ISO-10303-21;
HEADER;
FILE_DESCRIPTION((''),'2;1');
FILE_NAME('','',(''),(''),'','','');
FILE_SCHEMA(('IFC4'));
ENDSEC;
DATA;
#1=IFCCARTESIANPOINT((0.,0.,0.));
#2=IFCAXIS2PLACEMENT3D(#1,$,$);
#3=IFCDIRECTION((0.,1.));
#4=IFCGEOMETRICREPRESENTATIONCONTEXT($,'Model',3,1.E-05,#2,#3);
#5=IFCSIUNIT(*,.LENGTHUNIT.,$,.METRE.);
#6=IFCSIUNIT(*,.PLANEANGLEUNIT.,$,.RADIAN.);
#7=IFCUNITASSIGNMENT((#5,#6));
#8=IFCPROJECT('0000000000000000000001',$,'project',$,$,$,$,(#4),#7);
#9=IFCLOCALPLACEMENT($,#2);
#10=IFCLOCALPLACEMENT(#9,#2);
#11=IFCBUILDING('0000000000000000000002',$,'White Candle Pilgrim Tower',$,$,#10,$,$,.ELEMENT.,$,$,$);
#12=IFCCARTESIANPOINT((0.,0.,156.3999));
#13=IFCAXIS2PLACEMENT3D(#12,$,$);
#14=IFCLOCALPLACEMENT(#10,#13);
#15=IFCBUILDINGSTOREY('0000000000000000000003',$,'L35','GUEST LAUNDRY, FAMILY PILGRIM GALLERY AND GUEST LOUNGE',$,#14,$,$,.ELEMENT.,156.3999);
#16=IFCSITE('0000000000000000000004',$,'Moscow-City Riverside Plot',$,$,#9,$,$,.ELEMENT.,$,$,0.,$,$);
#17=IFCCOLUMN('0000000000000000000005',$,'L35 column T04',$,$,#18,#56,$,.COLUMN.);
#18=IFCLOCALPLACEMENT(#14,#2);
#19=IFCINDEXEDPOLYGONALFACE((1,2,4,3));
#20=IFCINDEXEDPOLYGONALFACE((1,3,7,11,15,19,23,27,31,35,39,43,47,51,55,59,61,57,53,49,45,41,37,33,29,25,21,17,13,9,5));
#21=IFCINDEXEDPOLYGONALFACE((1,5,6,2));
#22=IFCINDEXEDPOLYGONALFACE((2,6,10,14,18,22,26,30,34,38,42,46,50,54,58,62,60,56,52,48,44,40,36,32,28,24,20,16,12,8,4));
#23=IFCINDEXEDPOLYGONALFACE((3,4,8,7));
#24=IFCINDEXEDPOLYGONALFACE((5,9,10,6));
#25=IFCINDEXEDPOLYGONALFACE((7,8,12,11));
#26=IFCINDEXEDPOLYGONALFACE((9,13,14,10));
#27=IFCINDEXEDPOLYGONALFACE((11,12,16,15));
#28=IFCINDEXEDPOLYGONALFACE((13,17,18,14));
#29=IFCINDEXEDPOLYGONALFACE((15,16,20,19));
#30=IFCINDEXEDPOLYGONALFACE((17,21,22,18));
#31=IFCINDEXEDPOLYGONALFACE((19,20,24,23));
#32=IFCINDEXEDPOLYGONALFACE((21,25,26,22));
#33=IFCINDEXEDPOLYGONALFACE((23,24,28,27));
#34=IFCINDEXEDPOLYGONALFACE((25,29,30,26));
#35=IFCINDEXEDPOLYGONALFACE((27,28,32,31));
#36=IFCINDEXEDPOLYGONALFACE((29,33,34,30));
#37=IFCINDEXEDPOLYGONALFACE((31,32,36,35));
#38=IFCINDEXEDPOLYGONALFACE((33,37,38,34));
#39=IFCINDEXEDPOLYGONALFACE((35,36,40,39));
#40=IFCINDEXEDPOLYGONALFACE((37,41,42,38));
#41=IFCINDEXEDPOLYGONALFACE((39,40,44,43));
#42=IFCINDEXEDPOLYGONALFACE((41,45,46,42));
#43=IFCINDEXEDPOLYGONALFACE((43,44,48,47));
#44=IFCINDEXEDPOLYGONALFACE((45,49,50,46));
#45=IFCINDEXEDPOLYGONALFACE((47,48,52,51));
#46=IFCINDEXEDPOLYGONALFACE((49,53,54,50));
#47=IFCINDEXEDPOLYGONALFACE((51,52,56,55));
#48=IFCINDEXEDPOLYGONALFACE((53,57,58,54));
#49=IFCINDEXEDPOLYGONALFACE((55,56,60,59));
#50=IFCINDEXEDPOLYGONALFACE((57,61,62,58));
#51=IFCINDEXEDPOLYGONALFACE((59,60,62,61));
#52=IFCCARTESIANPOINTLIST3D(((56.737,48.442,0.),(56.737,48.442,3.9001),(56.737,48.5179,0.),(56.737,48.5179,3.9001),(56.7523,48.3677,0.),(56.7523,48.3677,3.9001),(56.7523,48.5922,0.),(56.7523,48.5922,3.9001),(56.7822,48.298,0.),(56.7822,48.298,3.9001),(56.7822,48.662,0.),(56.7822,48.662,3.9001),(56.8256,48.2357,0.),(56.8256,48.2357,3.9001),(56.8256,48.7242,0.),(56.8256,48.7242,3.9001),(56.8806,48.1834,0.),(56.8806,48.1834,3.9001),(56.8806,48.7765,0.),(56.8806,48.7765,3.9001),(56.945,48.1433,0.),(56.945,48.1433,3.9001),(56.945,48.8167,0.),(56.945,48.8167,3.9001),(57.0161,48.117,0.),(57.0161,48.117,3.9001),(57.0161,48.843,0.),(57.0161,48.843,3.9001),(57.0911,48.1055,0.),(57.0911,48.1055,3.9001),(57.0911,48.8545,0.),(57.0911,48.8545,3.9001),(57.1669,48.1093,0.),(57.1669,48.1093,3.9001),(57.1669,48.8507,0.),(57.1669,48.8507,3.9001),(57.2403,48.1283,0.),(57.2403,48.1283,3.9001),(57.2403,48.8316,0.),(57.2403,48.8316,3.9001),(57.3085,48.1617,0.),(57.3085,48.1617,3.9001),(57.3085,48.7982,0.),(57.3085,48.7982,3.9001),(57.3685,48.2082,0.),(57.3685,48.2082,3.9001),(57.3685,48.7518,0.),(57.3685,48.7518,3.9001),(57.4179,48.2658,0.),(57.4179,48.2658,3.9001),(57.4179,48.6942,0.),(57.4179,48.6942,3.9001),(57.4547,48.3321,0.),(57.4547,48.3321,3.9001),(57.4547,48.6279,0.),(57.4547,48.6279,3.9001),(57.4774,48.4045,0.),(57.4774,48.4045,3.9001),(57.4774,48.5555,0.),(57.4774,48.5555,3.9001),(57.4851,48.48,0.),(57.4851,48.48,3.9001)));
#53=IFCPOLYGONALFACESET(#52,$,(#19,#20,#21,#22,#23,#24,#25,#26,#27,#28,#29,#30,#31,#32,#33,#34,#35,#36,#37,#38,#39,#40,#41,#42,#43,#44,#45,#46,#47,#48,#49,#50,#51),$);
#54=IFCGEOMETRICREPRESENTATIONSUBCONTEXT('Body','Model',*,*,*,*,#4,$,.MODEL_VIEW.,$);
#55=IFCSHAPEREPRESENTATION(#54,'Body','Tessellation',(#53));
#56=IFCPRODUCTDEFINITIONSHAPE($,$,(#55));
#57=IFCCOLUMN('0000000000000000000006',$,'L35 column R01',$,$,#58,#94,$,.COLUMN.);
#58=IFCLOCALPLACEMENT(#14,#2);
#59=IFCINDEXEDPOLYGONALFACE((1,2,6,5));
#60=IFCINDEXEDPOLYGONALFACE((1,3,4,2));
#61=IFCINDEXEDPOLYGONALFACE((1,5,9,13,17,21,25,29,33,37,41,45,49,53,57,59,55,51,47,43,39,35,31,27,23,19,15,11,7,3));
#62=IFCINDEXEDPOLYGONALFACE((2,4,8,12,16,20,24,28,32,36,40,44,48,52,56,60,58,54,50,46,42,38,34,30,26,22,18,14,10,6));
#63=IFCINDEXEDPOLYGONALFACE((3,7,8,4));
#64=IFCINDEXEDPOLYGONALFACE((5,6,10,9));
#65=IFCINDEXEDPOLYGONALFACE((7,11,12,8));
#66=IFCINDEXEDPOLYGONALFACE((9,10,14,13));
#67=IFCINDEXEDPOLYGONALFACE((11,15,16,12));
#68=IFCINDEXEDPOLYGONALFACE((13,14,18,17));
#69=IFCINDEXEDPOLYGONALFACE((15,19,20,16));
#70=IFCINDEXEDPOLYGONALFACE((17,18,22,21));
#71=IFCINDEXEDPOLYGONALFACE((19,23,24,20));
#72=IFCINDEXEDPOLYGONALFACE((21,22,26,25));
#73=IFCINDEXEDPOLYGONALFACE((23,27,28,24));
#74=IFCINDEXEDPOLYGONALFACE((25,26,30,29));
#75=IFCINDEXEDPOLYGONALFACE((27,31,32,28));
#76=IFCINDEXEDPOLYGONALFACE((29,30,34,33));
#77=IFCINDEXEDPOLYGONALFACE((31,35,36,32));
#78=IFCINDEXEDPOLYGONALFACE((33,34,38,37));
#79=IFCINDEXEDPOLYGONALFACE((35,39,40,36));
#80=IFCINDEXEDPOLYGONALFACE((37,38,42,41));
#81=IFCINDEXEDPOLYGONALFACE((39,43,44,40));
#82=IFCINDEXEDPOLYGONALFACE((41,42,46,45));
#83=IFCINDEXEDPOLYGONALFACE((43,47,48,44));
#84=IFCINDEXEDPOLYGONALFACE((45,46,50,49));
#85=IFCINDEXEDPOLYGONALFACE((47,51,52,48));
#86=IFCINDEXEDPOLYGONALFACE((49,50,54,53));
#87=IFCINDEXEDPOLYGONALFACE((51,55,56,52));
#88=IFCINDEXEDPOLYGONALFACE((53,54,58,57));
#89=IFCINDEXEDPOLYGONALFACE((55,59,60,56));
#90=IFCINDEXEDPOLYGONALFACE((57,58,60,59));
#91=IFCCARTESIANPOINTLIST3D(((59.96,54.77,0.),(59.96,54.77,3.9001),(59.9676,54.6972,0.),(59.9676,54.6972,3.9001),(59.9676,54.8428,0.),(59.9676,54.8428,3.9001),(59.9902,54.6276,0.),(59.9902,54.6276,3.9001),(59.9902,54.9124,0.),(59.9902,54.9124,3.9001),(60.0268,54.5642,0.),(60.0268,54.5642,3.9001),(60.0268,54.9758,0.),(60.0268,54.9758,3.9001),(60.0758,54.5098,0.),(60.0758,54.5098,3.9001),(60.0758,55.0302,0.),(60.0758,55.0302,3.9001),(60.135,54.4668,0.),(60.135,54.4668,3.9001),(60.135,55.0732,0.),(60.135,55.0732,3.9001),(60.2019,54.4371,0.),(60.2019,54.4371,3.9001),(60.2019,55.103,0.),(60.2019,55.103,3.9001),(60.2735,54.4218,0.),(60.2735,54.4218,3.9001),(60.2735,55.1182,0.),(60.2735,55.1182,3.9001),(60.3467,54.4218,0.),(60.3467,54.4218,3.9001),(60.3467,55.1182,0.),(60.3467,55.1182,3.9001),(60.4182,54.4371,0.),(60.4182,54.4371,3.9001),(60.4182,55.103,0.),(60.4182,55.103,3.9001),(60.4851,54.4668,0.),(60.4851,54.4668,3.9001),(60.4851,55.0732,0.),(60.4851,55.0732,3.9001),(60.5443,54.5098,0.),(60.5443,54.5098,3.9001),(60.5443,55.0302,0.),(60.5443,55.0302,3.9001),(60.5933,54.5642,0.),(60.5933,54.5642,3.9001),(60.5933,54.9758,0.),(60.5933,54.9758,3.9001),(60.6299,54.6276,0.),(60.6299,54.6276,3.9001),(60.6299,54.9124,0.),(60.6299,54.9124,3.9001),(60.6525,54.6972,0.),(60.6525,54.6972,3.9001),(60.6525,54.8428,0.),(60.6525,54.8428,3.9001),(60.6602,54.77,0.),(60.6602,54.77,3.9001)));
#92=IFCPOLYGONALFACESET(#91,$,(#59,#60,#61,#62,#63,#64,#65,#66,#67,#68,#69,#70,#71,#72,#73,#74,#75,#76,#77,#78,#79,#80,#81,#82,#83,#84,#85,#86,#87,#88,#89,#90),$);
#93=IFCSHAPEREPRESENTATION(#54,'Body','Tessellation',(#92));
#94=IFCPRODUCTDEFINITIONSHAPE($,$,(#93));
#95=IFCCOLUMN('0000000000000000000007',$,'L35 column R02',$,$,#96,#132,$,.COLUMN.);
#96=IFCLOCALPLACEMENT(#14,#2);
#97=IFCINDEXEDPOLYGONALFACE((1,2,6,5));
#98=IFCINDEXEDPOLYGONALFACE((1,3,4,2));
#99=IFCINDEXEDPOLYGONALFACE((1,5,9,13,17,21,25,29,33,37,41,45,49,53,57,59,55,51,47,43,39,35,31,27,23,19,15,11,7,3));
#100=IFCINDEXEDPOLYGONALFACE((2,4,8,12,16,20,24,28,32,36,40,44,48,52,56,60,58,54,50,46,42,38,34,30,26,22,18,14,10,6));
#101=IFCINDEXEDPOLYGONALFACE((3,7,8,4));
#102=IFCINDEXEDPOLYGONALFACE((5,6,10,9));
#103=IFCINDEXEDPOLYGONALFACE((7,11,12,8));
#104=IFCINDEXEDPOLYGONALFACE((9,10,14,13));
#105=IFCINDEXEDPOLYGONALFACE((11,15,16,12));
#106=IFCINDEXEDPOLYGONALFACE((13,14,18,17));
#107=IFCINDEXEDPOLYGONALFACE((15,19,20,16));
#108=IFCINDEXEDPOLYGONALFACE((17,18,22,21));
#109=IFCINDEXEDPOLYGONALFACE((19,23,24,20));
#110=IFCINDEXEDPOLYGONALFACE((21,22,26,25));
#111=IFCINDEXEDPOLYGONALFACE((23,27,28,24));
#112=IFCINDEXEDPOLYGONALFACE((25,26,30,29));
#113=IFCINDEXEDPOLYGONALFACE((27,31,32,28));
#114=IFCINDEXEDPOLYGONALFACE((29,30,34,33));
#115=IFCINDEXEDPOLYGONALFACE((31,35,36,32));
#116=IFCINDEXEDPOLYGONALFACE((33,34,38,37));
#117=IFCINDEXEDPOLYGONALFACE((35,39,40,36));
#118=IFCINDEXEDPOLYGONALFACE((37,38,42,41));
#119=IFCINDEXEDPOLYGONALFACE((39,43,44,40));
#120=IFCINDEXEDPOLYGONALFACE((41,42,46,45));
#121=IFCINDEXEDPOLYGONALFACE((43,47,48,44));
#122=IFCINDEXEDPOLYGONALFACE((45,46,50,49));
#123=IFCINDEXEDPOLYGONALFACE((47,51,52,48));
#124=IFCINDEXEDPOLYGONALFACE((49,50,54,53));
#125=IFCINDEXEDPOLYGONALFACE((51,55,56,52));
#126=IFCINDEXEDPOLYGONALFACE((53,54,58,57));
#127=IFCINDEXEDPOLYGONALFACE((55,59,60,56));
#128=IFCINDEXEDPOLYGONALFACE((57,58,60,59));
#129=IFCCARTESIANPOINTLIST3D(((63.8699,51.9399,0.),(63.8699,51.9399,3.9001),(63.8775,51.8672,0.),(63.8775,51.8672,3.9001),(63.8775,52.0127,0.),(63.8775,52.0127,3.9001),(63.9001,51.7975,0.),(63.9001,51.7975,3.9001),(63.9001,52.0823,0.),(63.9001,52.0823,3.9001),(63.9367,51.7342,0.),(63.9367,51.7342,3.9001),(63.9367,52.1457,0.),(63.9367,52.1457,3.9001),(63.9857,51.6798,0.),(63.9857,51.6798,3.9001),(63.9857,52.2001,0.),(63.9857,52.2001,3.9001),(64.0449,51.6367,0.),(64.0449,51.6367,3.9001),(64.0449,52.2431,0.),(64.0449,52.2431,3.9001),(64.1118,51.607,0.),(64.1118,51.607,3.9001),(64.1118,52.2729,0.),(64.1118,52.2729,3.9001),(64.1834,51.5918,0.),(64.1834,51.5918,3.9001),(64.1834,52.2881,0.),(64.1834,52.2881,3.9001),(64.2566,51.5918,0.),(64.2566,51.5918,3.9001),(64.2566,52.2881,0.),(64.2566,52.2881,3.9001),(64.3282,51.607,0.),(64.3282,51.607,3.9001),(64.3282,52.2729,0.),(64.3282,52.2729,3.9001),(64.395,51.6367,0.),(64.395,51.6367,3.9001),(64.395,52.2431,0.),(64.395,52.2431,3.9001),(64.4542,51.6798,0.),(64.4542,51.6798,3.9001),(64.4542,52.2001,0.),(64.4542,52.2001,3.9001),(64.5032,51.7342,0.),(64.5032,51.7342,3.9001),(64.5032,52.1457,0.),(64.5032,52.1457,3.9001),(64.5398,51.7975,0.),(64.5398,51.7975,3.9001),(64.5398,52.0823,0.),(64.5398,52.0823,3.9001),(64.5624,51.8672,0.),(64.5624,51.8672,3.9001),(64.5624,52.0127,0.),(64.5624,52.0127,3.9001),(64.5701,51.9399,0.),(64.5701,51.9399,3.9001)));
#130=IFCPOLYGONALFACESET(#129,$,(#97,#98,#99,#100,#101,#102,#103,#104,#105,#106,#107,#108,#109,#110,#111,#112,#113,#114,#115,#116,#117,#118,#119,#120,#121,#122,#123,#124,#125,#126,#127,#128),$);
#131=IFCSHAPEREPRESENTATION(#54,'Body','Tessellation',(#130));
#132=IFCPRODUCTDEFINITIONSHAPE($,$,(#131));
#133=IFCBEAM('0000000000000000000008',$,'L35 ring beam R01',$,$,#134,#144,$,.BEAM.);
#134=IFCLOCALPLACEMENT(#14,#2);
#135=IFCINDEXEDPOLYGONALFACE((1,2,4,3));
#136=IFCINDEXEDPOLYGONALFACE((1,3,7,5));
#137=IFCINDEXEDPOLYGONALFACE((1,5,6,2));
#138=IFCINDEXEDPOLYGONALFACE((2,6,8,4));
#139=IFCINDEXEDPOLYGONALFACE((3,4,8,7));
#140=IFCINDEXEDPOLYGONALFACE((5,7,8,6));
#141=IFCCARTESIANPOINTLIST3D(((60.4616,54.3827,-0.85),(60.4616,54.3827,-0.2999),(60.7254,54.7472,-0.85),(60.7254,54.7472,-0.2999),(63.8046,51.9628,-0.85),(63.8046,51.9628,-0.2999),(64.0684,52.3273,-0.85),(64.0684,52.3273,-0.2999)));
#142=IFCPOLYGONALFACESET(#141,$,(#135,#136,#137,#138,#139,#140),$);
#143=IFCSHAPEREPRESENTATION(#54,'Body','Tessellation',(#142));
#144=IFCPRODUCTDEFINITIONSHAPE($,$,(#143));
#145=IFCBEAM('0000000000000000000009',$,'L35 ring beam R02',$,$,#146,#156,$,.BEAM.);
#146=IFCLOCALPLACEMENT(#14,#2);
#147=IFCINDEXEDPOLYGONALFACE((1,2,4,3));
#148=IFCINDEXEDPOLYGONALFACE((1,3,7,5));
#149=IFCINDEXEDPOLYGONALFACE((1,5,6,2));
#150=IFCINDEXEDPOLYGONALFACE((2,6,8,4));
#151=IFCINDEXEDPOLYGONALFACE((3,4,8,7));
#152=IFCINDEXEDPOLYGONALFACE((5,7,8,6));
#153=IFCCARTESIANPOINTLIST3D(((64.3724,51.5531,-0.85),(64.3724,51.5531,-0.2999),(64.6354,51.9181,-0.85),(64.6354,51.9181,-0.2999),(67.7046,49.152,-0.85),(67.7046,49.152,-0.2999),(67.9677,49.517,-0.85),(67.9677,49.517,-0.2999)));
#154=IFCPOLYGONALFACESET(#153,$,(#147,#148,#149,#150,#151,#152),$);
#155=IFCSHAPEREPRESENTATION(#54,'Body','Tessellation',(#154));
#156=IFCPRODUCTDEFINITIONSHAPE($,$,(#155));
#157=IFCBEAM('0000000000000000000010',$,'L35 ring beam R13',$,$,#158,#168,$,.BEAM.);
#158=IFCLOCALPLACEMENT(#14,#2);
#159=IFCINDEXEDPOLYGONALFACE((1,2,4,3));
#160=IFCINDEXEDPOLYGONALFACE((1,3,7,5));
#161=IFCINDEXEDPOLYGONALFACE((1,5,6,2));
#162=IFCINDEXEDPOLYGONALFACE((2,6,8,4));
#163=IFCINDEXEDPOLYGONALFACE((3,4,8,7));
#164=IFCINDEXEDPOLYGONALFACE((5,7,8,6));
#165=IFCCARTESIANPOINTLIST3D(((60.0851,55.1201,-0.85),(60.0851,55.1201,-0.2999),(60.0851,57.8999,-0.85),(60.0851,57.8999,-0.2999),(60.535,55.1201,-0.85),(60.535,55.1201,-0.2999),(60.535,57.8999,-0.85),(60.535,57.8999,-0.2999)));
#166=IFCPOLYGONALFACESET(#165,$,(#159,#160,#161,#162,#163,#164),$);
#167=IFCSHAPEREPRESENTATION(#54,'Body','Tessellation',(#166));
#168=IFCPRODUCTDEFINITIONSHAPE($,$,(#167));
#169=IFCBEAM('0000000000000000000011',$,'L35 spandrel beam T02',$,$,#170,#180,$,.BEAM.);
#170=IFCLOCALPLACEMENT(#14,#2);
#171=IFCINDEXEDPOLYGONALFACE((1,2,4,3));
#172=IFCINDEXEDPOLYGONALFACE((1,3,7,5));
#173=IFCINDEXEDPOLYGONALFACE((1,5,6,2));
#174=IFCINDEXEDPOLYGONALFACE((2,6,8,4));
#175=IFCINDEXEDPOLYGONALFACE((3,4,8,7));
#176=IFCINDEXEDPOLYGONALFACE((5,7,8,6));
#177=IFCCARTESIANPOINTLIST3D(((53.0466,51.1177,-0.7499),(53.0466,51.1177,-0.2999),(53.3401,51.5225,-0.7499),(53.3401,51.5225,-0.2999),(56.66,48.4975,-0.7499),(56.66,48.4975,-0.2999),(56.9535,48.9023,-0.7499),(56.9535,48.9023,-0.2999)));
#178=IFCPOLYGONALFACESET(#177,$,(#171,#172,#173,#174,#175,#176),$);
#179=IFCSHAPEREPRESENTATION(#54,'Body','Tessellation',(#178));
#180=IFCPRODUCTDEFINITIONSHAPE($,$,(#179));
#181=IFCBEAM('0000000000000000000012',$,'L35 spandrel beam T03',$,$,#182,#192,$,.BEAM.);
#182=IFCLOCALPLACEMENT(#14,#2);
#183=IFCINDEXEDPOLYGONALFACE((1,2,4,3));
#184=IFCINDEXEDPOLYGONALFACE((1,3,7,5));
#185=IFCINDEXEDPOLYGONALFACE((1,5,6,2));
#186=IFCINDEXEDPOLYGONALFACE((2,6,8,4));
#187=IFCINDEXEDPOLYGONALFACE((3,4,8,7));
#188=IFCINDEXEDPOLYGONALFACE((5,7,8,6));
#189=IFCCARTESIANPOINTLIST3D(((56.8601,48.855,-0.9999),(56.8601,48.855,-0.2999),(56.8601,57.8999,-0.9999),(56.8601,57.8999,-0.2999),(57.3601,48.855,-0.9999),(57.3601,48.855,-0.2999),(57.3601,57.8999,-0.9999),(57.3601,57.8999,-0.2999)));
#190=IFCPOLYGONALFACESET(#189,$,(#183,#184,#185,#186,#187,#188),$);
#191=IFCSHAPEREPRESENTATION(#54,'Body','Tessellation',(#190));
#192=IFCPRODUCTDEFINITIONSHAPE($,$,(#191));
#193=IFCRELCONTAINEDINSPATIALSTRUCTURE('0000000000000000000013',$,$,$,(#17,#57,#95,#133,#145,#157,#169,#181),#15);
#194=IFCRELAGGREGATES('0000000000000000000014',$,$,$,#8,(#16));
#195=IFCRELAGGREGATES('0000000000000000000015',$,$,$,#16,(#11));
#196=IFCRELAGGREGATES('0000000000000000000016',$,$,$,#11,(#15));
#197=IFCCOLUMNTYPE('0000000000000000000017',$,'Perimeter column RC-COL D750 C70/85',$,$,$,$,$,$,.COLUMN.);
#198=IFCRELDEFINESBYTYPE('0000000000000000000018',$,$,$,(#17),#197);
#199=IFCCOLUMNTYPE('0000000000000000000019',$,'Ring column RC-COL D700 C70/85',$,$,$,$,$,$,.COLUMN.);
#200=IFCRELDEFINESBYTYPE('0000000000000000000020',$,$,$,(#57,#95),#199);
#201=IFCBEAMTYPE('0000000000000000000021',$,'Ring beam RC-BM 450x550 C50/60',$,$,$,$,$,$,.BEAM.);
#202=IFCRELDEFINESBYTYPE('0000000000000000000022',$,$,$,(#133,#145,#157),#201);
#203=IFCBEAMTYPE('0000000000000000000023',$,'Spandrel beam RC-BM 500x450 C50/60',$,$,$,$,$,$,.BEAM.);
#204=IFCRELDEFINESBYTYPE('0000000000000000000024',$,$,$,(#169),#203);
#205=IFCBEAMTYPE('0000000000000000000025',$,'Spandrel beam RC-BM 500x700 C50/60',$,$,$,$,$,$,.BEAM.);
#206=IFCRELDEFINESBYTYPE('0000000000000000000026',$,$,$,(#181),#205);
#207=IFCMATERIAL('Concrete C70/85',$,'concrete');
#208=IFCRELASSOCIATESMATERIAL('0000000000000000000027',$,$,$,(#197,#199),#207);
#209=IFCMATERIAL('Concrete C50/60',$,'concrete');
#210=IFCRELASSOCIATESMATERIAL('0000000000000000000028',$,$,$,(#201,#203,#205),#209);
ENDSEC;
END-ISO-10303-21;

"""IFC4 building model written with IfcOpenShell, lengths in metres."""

from ifc_helpers import new_model, si_unit, direction, frame, origin, origin_2d, place, context, subcontext, project, spatial, rectangle, circle, extrude, material, material_profile, profile_set, type_object, element, save


model = new_model("IFC4")

# Units and contexts
model_context = context("Model", 3, precision=1e-05, world=origin(), true_north=direction((0.0, 1.0)))
body_context = subcontext(model_context, "Body", "Model", "MODEL_VIEW")
ifc_project = project(units=[si_unit("LENGTHUNIT", "METRE"), si_unit("PLANEANGLEUNIT", "RADIAN")], contexts=[model_context])

# Site, building, storey
site_placement = place(None, origin())
site = spatial("IfcSite", under=ifc_project, at=site_placement, Name="Moscow-City Riverside Plot", CompositionType="ELEMENT", RefElevation=0.0)
building_placement = place(site_placement, origin())
building = spatial("IfcBuilding", under=site, at=building_placement, Name="White Candle Pilgrim Tower", CompositionType="ELEMENT")
storey_placement = place(building_placement, frame((0.0, 0.0, 156.3999)))
storey = spatial("IfcBuildingStorey", under=building, at=storey_placement, Name="L35", Description="GUEST LAUNDRY, FAMILY PILGRIM GALLERY AND GUEST LOUNGE", CompositionType="ELEMENT", Elevation=156.3999)

# Columns
ifc_material_1 = material(Name="Concrete C70/85", Category="concrete")
ifc_material_profile_1 = material_profile(ifc_material_1, circle(Radius=0.375, at=origin_2d()), Name="RC-COL D750")
ifc_profile_set_1 = profile_set([ifc_material_profile_1], Name="Concrete C70/85")
column_type_1 = type_object("IfcColumnType", Name="Perimeter column RC-COL D750 C70/85", PredefinedType="COLUMN", material=ifc_profile_set_1)
column_placement = place(storey_placement, frame((57.1101, 48.48, 0.0), z_axis=(0.0, 0.0, 1.0), x_axis=(1.0, 0.0, 0.0)))
element("IfcColumn", 1, at=column_placement, inside=storey, type_object=column_type_1, Name="L35 column T04", PredefinedType="COLUMN", context=body_context, shape_type="SweptSolid", body=[
    extrude(circle(Radius=0.375, at=origin_2d()), origin(), (0.0, 0.0, 1.0), 3.9001),
])
ifc_material_profile_2 = material_profile(ifc_material_1, circle(Radius=0.3501, at=origin_2d()), Name="RC-COL D700")
ifc_profile_set_2 = profile_set([ifc_material_profile_2], Name="Concrete C70/85")
column_type_2 = type_object("IfcColumnType", Name="Ring column RC-COL D700 C70/85", PredefinedType="COLUMN", material=ifc_profile_set_2)
for number, where, z_axis, x_axis, name in (
    (2, (60.3101, 54.77, 0.0), (0.0, 0.0, 1.0), (1.0, 0.0, 0.0), "L35 column R01"),
    (3, (64.22, 51.9399, 0.0), (0.0, 0.0, 1.0), (1.0, 0.0, 0.0), "L35 column R02"),
):
    element("IfcColumn", number, at=place(storey_placement, frame(where, z_axis=z_axis, x_axis=x_axis)), inside=storey, type_object=column_type_2, Name=name, PredefinedType="COLUMN", context=body_context, shape_type="SweptSolid", body=[
        extrude(circle(Radius=0.3501, at=origin_2d()), origin(), (0.0, 0.0, 1.0), 3.9001),
    ])

# Beams
ifc_material_2 = material(Name="Concrete C50/60", Category="concrete")
ifc_material_profile_3 = material_profile(ifc_material_2, rectangle(XDim=0.45, YDim=0.55, at=origin_2d()), Name="RC-BM 450x550")
ifc_profile_set_3 = profile_set([ifc_material_profile_3], Name="Concrete C50/60")
beam_type_1 = type_object("IfcBeamType", Name="Ring beam RC-BM 450x550 C50/60", PredefinedType="BEAM", material=ifc_profile_set_3)
beam_1_placement = place(storey_placement, frame((60.5935, 54.5649, -0.575), z_axis=(0.810044, -0.586369, 0.0), x_axis=(0.586369, 0.810044, 0.0)))
element("IfcBeam", 4, at=beam_1_placement, inside=storey, type_object=beam_type_1, Name="L35 ring beam R01", PredefinedType="BEAM", context=body_context, shape_type="SweptSolid", body=[
    extrude(rectangle(XDim=0.45, YDim=0.55, at=origin_2d()), origin(), (0.0, 0.0, 1.0), 4.127),
])
beam_2_placement = place(storey_placement, frame((64.5039, 51.7356, -0.575), z_axis=(0.811317, -0.584607, 0.0), x_axis=(0.584607, 0.811317, 0.0)))
element("IfcBeam", 5, at=beam_2_placement, inside=storey, type_object=beam_type_1, Name="L35 ring beam R02", PredefinedType="BEAM", context=body_context, shape_type="SweptSolid", body=[
    extrude(rectangle(XDim=0.45, YDim=0.55, at=origin_2d()), origin(), (0.0, 0.0, 1.0), 4.1072),
])
beam_3_placement = place(storey_placement, frame((60.3101, 55.1201, -0.575), z_axis=(0.0, 1.0, 0.0), x_axis=(-1.0, 0.0, 0.0)))
element("IfcBeam", 6, at=beam_3_placement, inside=storey, type_object=beam_type_1, Name="L35 ring beam R13", PredefinedType="BEAM", context=body_context, shape_type="SweptSolid", body=[
    extrude(rectangle(XDim=0.45, YDim=0.55, at=origin_2d()), origin(), (0.0, 0.0, 1.0), 2.7798),
])
ifc_material_profile_4 = material_profile(ifc_material_2, rectangle(XDim=0.5, YDim=0.45, at=origin_2d()), Name="RC-BM 500x450")
ifc_profile_set_4 = profile_set([ifc_material_profile_4], Name="Concrete C50/60")
beam_type_2 = type_object("IfcBeamType", Name="Spandrel beam RC-BM 500x450 C50/60", PredefinedType="BEAM", material=ifc_profile_set_4)
beam_4_placement = place(storey_placement, frame((53.1934, 51.3201, -0.5249), z_axis=(0.809558, -0.587039, 0.0), x_axis=(0.587039, 0.809558, 0.0)))
element("IfcBeam", 7, at=beam_4_placement, inside=storey, type_object=beam_type_2, Name="L35 spandrel beam T02", PredefinedType="BEAM", context=body_context, shape_type="SweptSolid", body=[
    extrude(rectangle(XDim=0.5, YDim=0.45, at=origin_2d()), origin(), (0.0, 0.0, 1.0), 4.4634),
])
ifc_material_profile_5 = material_profile(ifc_material_2, rectangle(XDim=0.5, YDim=0.7, at=origin_2d()), Name="RC-BM 500x700")
ifc_profile_set_5 = profile_set([ifc_material_profile_5], Name="Concrete C50/60")
beam_type_3 = type_object("IfcBeamType", Name="Spandrel beam RC-BM 500x700 C50/60", PredefinedType="BEAM", material=ifc_profile_set_5)
beam_5_placement = place(storey_placement, frame((57.1101, 48.855, -0.6499), z_axis=(0.0, 1.0, 0.0), x_axis=(-1.0, 0.0, 0.0)))
element("IfcBeam", 8, at=beam_5_placement, inside=storey, type_object=beam_type_3, Name="L35 spandrel beam T03", PredefinedType="BEAM", context=body_context, shape_type="SweptSolid", body=[
    extrude(rectangle(XDim=0.5, YDim=0.7, at=origin_2d()), origin(), (0.0, 0.0, 1.0), 9.0449),
])

save(model, "model.ifc")
